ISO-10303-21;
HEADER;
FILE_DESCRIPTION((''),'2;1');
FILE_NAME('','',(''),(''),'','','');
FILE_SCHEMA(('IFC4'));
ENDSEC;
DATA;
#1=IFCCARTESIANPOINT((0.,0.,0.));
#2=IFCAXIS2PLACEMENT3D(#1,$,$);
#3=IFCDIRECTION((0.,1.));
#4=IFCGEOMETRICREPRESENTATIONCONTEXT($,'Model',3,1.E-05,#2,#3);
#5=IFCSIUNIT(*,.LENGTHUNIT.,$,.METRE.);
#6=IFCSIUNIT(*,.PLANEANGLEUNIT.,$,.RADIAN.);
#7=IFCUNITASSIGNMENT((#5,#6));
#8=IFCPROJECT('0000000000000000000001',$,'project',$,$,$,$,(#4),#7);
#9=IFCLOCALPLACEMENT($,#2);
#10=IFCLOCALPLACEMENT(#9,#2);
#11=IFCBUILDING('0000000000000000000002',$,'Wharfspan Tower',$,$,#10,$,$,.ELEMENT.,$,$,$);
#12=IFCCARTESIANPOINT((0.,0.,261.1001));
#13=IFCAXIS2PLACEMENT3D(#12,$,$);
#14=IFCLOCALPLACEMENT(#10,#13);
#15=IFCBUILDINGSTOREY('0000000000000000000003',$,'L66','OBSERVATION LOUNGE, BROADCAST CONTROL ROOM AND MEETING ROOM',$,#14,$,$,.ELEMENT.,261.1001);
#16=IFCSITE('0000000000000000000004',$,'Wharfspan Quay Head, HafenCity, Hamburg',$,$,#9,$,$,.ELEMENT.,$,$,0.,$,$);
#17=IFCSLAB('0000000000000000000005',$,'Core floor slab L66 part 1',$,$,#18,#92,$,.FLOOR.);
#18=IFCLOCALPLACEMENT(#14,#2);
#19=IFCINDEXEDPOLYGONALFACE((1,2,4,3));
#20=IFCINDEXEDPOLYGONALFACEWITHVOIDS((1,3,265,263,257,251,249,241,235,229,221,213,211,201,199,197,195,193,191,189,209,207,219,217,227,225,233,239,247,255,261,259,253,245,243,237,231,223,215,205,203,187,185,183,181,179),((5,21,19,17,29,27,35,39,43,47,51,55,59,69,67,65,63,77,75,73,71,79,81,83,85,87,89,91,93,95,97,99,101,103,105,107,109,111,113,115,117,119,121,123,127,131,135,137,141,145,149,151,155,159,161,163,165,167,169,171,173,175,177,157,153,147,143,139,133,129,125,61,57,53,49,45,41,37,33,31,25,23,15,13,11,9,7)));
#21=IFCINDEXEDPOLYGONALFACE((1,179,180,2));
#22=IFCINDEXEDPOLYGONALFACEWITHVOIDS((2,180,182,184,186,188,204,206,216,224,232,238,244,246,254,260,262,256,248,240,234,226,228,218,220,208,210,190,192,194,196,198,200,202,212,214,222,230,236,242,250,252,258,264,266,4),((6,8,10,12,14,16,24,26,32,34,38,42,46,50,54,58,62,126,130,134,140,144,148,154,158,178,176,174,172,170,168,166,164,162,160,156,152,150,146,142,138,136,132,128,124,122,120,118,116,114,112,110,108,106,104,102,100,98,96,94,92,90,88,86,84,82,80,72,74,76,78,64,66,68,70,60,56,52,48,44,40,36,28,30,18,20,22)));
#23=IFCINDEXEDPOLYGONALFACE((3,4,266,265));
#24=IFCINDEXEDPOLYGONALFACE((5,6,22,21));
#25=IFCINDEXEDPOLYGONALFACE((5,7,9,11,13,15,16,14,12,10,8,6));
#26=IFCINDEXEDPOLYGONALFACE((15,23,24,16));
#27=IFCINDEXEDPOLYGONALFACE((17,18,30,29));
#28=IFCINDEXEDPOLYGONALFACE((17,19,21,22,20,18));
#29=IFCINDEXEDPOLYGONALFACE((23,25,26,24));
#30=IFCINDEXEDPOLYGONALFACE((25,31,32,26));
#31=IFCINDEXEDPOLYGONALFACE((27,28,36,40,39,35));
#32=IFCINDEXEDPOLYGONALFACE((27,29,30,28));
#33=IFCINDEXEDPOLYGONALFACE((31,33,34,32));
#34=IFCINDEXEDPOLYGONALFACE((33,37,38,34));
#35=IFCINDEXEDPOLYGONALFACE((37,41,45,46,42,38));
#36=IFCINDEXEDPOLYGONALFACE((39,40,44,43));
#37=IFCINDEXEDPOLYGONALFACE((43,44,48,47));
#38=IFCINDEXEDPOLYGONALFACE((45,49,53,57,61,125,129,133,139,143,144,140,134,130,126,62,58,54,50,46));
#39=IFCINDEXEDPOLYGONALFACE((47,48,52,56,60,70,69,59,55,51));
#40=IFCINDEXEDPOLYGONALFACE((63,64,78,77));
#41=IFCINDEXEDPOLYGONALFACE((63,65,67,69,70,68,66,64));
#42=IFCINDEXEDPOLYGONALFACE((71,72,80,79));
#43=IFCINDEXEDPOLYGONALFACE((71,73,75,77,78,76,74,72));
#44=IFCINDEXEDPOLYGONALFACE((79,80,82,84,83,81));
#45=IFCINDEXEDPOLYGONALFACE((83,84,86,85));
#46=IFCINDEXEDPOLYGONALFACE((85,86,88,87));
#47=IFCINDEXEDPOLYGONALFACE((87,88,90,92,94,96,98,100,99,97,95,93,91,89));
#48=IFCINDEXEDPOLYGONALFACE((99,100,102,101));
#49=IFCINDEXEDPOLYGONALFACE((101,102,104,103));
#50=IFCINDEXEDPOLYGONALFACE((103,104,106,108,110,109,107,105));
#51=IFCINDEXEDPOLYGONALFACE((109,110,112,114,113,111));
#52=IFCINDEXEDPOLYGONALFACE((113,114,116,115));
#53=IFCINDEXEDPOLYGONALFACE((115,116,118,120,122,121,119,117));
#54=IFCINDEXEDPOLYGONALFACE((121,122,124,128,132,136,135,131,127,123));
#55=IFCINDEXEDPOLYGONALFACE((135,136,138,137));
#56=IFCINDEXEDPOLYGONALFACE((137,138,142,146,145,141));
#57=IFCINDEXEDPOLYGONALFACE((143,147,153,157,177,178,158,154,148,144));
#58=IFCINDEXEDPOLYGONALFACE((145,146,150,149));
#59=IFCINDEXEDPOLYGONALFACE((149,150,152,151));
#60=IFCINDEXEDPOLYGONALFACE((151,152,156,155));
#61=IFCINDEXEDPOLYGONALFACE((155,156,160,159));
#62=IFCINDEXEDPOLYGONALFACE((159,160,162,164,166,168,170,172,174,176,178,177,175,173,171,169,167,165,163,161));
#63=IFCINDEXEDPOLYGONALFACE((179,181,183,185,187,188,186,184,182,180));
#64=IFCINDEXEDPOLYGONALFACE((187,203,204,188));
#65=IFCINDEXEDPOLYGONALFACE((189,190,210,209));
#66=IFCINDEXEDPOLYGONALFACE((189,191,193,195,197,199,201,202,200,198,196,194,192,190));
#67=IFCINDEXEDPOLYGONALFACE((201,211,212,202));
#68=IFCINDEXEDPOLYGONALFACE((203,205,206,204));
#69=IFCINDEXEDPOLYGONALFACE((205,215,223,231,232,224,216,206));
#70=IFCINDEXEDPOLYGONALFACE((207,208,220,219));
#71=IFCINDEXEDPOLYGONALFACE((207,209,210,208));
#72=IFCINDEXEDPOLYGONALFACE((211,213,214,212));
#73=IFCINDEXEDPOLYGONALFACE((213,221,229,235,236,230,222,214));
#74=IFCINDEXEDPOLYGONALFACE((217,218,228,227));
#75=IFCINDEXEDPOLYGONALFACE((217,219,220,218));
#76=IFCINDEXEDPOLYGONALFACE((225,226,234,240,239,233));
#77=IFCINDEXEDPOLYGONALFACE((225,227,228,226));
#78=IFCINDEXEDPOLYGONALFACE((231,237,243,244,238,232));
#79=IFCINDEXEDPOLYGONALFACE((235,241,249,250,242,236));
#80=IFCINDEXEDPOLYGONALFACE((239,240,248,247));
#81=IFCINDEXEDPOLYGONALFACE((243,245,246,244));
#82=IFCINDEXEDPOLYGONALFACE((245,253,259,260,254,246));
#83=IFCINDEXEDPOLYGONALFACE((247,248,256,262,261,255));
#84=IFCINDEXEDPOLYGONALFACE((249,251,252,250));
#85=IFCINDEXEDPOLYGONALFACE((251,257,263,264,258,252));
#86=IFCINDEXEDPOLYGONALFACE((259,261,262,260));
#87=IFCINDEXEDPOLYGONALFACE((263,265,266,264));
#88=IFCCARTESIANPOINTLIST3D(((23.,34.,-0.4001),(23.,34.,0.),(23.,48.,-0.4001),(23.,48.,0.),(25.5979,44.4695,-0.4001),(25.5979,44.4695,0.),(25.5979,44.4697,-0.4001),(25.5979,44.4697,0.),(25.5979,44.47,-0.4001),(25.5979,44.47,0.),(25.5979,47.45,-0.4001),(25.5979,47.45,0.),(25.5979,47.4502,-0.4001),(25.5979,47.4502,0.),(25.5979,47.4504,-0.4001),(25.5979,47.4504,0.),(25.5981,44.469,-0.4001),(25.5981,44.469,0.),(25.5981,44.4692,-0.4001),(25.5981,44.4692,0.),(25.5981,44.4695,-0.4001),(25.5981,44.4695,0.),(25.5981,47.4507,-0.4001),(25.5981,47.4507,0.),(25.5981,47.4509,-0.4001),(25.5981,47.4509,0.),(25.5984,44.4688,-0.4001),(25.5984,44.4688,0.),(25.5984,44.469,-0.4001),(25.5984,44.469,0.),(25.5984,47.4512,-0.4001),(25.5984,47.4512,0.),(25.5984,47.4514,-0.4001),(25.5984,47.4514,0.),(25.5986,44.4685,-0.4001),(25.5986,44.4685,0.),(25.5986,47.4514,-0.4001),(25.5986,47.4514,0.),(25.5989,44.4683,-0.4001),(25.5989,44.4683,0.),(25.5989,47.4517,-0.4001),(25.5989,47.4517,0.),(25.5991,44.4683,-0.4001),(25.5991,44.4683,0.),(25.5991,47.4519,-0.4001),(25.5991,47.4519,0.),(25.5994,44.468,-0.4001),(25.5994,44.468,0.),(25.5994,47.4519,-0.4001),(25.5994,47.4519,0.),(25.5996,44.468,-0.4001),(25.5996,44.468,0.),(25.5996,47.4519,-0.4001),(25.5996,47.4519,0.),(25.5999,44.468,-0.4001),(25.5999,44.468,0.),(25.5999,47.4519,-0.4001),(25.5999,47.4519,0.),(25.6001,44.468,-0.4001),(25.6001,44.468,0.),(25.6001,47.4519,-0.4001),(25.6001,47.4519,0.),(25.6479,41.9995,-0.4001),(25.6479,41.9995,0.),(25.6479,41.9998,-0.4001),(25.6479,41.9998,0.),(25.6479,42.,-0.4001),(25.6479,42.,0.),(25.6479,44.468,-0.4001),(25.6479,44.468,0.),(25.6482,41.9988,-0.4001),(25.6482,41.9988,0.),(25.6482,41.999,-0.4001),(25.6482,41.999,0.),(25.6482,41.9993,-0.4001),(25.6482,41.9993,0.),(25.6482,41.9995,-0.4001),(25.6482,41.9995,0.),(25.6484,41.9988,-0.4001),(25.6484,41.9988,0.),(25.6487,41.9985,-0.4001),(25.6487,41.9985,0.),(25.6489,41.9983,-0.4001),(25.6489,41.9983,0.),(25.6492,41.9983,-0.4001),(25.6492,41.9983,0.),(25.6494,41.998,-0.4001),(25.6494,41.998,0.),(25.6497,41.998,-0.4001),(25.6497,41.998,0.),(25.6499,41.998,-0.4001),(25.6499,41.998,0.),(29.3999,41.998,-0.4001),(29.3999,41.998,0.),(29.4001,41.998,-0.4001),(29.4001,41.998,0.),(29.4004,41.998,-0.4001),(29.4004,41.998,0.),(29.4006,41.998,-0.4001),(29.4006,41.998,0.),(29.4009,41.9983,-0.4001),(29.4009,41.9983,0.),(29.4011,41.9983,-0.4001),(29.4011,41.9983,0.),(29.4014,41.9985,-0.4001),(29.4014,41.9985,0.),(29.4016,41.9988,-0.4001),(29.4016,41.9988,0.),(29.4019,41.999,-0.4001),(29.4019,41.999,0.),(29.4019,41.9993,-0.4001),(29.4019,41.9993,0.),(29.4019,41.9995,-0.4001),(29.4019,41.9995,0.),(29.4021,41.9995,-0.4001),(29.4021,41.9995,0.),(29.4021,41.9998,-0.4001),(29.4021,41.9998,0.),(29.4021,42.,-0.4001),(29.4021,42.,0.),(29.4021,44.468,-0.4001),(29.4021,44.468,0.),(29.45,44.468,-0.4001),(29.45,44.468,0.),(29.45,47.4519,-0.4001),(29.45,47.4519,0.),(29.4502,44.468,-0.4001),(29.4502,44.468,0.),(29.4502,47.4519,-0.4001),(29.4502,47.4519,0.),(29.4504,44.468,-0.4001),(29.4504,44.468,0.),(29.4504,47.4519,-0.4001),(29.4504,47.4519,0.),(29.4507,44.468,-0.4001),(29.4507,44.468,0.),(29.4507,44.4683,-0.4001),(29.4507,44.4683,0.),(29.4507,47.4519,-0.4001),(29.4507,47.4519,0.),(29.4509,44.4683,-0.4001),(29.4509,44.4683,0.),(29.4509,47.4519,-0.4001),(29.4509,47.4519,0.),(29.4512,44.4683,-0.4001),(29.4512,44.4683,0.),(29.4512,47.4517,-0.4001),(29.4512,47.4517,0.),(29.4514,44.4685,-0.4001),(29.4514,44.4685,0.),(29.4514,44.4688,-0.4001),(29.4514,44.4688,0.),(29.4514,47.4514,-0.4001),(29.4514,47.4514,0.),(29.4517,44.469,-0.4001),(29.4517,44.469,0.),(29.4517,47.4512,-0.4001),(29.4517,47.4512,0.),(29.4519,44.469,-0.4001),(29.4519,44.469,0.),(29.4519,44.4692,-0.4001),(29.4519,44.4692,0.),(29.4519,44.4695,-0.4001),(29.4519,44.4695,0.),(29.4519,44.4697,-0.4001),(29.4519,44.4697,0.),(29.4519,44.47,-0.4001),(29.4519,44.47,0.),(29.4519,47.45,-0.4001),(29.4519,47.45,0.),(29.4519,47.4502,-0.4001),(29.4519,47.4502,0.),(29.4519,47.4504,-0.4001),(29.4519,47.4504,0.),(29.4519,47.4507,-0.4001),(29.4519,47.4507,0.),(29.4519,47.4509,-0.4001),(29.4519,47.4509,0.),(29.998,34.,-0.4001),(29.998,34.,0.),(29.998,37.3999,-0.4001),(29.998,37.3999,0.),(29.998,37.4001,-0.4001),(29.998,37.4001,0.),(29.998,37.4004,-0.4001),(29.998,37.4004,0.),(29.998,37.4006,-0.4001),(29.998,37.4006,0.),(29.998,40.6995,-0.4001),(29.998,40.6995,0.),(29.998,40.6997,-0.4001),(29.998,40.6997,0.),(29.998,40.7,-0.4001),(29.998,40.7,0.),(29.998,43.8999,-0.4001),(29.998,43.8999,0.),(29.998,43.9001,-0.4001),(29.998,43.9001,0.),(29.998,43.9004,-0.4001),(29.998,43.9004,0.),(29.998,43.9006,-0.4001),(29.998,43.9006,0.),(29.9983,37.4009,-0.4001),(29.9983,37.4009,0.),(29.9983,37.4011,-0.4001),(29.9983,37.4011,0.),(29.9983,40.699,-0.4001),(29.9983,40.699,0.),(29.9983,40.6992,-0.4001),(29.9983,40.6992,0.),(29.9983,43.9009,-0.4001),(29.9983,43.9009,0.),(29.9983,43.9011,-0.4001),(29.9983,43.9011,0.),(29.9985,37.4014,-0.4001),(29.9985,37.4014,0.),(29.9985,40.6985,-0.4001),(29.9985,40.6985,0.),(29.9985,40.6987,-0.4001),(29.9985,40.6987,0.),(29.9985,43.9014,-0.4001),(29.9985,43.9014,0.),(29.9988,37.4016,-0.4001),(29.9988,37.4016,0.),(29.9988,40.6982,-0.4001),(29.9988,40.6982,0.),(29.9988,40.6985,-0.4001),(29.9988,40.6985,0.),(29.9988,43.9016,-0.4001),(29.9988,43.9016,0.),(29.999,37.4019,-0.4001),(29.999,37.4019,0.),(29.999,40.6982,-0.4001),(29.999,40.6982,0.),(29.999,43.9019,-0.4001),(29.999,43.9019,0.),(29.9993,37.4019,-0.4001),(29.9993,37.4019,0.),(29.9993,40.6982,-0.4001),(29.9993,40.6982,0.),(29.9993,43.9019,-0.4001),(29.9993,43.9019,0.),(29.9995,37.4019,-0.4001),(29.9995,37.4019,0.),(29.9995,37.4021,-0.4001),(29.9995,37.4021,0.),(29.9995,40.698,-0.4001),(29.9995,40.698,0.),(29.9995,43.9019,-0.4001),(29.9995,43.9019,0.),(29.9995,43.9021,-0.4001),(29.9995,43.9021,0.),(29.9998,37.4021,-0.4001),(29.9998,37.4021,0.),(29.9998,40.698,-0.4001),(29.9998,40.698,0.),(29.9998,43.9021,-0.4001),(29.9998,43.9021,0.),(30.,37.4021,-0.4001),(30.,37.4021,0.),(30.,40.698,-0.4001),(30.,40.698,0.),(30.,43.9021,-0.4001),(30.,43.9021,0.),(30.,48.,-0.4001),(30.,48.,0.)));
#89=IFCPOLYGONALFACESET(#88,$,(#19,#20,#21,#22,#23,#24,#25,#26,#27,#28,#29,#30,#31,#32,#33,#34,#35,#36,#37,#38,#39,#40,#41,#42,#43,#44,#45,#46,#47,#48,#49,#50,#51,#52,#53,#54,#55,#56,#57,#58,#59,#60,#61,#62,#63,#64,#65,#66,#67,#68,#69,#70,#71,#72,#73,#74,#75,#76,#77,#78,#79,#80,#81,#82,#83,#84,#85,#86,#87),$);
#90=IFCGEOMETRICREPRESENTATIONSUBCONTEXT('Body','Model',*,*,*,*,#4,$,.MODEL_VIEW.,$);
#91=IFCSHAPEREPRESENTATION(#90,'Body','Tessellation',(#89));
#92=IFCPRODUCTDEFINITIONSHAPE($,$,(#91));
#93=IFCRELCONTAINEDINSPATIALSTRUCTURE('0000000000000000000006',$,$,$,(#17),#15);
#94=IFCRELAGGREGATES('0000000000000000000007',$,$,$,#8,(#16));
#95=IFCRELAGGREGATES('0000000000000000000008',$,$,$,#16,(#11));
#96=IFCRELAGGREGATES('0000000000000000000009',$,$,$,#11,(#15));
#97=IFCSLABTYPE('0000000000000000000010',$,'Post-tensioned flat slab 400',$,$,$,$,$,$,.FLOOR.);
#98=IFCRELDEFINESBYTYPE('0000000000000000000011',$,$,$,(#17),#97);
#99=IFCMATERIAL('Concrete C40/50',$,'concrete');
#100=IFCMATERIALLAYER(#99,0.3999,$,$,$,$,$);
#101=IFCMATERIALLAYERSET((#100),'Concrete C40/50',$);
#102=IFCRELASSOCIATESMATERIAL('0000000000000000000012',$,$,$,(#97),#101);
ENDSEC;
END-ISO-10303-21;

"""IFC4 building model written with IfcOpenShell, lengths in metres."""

from ifc_helpers import new_model, si_unit, direction, frame, origin, place, context, subcontext, project, spatial, polyline, outline, extrude, material, layer, layer_set, type_object, element, save


model = new_model("IFC4")

# Units and contexts
model_context = context("Model", 3, precision=1e-05, world=origin(), true_north=direction((0.0, 1.0)))
body_context = subcontext(model_context, "Body", "Model", "MODEL_VIEW")
ifc_project = project(units=[si_unit("LENGTHUNIT", "METRE"), si_unit("PLANEANGLEUNIT", "RADIAN")], contexts=[model_context])

# Site, building, storey
site_placement = place(None, origin())
site = spatial("IfcSite", under=ifc_project, at=site_placement, Name="Wharfspan Quay Head, HafenCity, Hamburg", CompositionType="ELEMENT", RefElevation=0.0)
building_placement = place(site_placement, origin())
building = spatial("IfcBuilding", under=site, at=building_placement, Name="Wharfspan Tower", CompositionType="ELEMENT")
storey_placement = place(building_placement, frame((0.0, 0.0, 261.1001)))
storey = spatial("IfcBuildingStorey", under=building, at=storey_placement, Name="L66", Description="OBSERVATION LOUNGE, BROADCAST CONTROL ROOM AND MEETING ROOM", CompositionType="ELEMENT", Elevation=261.1001)

# Slab
ifc_material_1 = material(Name="Concrete C40/50", Category="concrete")
ifc_layer_1 = layer(ifc_material_1, 0.3999)
ifc_layer_set_1 = layer_set([ifc_layer_1], Name="Concrete C40/50")
slab_type_1 = type_object("IfcSlabType", Name="Post-tensioned flat slab 400", PredefinedType="FLOOR", material=ifc_layer_set_1)
slab_1_placement = place(storey_placement, frame((0.0, 0.0, -0.4001)))
element("IfcSlab", 1, at=slab_1_placement, inside=storey, type_object=slab_type_1, Name="Core floor slab L66 part 1", PredefinedType="FLOOR", context=body_context, shape_type="SweptSolid", body=[
    extrude(outline(polyline([(29.998, 34.0), (29.998, 37.3999), (29.998, 37.4001), (29.998, 37.4004), (29.998, 37.4006), (29.9983, 37.4009), (29.9983, 37.4009), (29.9983, 37.4011), (29.9985, 37.4014), (29.9985, 37.4014), (29.9988, 37.4016), (29.9988, 37.4016), (29.999, 37.4019), (29.9993, 37.4019), (29.9995, 37.4019), (29.9995, 37.4021), (29.9998, 37.4021), (30.0, 37.4021), (30.0, 40.698), (29.9998, 40.698), (29.9995, 40.698), (29.9995, 40.698), (29.9993, 40.6982), (29.999, 40.6982), (29.9988, 40.6982), (29.9988, 40.6985), (29.9985, 40.6985), (29.9985, 40.6987), (29.9983, 40.699), (29.9983, 40.6992), (29.9983, 40.6992), (29.998, 40.6995), (29.998, 40.6997), (29.998, 40.6997), (29.998, 40.7), (29.998, 43.8999), (29.998, 43.9001), (29.998, 43.9004), (29.998, 43.9006), (29.9983, 43.9009), (29.9983, 43.9009), (29.9983, 43.9011), (29.9985, 43.9014), (29.9985, 43.9014), (29.9988, 43.9016), (29.9988, 43.9016), (29.999, 43.9019), (29.9993, 43.9019), (29.9995, 43.9019), (29.9995, 43.9021), (29.9998, 43.9021), (30.0, 43.9021), (30.0, 48.0), (23.0, 48.0), (23.0, 34.0), (29.998, 34.0)]), holes=[polyline([(25.6499, 41.998), (25.6499, 41.998), (25.6497, 41.998), (25.6494, 41.998), (25.6492, 41.9983), (25.6492, 41.9983), (25.6489, 41.9983), (25.6487, 41.9985), (25.6487, 41.9985), (25.6484, 41.9988), (25.6482, 41.9988), (25.6482, 41.999), (25.6482, 41.9993), (25.6482, 41.9995), (25.6479, 41.9995), (25.6479, 41.9998), (25.6479, 42.0), (25.6479, 44.468), (25.6001, 44.468), (25.5999, 44.468), (25.5996, 44.468), (25.5994, 44.468), (25.5991, 44.4683), (25.5991, 44.4683), (25.5989, 44.4683), (25.5986, 44.4685), (25.5986, 44.4685), (25.5984, 44.4688), (25.5984, 44.469), (25.5981, 44.469), (25.5981, 44.4692), (25.5981, 44.4695), (25.5979, 44.4695), (25.5979, 44.4697), (25.5979, 44.47), (25.5979, 47.45), (25.5979, 47.4502), (25.5979, 47.4504), (25.5981, 47.4507), (25.5981, 47.4507), (25.5981, 47.4509), (25.5984, 47.4512), (25.5984, 47.4514), (25.5986, 47.4514), (25.5986, 47.4514), (25.5989, 47.4517), (25.5991, 47.4519), (25.5991, 47.4519), (25.5994, 47.4519), (25.5996, 47.4519), (25.5999, 47.4519), (25.6001, 47.4519), (29.45, 47.4519), (29.4502, 47.4519), (29.4504, 47.4519), (29.4507, 47.4519), (29.4507, 47.4519), (29.4509, 47.4519), (29.4512, 47.4517), (29.4514, 47.4514), (29.4514, 47.4514), (29.4514, 47.4514), (29.4517, 47.4512), (29.4519, 47.4509), (29.4519, 47.4507), (29.4519, 47.4507), (29.4519, 47.4504), (29.4519, 47.4502), (29.4519, 47.45), (29.4519, 44.47), (29.4519, 44.4697), (29.4519, 44.4695), (29.4519, 44.4695), (29.4519, 44.4692), (29.4519, 44.469), (29.4517, 44.469), (29.4514, 44.4688), (29.4514, 44.4685), (29.4514, 44.4685), (29.4512, 44.4683), (29.4509, 44.4683), (29.4507, 44.4683), (29.4507, 44.468), (29.4504, 44.468), (29.4502, 44.468), (29.45, 44.468), (29.4021, 44.468), (29.4021, 42.0), (29.4021, 41.9998), (29.4021, 41.9995), (29.4019, 41.9995), (29.4019, 41.9993), (29.4019, 41.999), (29.4016, 41.9988), (29.4016, 41.9988), (29.4014, 41.9985), (29.4014, 41.9985), (29.4011, 41.9983), (29.4009, 41.9983), (29.4009, 41.9983), (29.4006, 41.998), (29.4004, 41.998), (29.4001, 41.998), (29.3999, 41.998), (25.6499, 41.998)])]), origin(), (0.0, 0.0, 1.0), 0.4001),
])

save(model, "model.ifc")
